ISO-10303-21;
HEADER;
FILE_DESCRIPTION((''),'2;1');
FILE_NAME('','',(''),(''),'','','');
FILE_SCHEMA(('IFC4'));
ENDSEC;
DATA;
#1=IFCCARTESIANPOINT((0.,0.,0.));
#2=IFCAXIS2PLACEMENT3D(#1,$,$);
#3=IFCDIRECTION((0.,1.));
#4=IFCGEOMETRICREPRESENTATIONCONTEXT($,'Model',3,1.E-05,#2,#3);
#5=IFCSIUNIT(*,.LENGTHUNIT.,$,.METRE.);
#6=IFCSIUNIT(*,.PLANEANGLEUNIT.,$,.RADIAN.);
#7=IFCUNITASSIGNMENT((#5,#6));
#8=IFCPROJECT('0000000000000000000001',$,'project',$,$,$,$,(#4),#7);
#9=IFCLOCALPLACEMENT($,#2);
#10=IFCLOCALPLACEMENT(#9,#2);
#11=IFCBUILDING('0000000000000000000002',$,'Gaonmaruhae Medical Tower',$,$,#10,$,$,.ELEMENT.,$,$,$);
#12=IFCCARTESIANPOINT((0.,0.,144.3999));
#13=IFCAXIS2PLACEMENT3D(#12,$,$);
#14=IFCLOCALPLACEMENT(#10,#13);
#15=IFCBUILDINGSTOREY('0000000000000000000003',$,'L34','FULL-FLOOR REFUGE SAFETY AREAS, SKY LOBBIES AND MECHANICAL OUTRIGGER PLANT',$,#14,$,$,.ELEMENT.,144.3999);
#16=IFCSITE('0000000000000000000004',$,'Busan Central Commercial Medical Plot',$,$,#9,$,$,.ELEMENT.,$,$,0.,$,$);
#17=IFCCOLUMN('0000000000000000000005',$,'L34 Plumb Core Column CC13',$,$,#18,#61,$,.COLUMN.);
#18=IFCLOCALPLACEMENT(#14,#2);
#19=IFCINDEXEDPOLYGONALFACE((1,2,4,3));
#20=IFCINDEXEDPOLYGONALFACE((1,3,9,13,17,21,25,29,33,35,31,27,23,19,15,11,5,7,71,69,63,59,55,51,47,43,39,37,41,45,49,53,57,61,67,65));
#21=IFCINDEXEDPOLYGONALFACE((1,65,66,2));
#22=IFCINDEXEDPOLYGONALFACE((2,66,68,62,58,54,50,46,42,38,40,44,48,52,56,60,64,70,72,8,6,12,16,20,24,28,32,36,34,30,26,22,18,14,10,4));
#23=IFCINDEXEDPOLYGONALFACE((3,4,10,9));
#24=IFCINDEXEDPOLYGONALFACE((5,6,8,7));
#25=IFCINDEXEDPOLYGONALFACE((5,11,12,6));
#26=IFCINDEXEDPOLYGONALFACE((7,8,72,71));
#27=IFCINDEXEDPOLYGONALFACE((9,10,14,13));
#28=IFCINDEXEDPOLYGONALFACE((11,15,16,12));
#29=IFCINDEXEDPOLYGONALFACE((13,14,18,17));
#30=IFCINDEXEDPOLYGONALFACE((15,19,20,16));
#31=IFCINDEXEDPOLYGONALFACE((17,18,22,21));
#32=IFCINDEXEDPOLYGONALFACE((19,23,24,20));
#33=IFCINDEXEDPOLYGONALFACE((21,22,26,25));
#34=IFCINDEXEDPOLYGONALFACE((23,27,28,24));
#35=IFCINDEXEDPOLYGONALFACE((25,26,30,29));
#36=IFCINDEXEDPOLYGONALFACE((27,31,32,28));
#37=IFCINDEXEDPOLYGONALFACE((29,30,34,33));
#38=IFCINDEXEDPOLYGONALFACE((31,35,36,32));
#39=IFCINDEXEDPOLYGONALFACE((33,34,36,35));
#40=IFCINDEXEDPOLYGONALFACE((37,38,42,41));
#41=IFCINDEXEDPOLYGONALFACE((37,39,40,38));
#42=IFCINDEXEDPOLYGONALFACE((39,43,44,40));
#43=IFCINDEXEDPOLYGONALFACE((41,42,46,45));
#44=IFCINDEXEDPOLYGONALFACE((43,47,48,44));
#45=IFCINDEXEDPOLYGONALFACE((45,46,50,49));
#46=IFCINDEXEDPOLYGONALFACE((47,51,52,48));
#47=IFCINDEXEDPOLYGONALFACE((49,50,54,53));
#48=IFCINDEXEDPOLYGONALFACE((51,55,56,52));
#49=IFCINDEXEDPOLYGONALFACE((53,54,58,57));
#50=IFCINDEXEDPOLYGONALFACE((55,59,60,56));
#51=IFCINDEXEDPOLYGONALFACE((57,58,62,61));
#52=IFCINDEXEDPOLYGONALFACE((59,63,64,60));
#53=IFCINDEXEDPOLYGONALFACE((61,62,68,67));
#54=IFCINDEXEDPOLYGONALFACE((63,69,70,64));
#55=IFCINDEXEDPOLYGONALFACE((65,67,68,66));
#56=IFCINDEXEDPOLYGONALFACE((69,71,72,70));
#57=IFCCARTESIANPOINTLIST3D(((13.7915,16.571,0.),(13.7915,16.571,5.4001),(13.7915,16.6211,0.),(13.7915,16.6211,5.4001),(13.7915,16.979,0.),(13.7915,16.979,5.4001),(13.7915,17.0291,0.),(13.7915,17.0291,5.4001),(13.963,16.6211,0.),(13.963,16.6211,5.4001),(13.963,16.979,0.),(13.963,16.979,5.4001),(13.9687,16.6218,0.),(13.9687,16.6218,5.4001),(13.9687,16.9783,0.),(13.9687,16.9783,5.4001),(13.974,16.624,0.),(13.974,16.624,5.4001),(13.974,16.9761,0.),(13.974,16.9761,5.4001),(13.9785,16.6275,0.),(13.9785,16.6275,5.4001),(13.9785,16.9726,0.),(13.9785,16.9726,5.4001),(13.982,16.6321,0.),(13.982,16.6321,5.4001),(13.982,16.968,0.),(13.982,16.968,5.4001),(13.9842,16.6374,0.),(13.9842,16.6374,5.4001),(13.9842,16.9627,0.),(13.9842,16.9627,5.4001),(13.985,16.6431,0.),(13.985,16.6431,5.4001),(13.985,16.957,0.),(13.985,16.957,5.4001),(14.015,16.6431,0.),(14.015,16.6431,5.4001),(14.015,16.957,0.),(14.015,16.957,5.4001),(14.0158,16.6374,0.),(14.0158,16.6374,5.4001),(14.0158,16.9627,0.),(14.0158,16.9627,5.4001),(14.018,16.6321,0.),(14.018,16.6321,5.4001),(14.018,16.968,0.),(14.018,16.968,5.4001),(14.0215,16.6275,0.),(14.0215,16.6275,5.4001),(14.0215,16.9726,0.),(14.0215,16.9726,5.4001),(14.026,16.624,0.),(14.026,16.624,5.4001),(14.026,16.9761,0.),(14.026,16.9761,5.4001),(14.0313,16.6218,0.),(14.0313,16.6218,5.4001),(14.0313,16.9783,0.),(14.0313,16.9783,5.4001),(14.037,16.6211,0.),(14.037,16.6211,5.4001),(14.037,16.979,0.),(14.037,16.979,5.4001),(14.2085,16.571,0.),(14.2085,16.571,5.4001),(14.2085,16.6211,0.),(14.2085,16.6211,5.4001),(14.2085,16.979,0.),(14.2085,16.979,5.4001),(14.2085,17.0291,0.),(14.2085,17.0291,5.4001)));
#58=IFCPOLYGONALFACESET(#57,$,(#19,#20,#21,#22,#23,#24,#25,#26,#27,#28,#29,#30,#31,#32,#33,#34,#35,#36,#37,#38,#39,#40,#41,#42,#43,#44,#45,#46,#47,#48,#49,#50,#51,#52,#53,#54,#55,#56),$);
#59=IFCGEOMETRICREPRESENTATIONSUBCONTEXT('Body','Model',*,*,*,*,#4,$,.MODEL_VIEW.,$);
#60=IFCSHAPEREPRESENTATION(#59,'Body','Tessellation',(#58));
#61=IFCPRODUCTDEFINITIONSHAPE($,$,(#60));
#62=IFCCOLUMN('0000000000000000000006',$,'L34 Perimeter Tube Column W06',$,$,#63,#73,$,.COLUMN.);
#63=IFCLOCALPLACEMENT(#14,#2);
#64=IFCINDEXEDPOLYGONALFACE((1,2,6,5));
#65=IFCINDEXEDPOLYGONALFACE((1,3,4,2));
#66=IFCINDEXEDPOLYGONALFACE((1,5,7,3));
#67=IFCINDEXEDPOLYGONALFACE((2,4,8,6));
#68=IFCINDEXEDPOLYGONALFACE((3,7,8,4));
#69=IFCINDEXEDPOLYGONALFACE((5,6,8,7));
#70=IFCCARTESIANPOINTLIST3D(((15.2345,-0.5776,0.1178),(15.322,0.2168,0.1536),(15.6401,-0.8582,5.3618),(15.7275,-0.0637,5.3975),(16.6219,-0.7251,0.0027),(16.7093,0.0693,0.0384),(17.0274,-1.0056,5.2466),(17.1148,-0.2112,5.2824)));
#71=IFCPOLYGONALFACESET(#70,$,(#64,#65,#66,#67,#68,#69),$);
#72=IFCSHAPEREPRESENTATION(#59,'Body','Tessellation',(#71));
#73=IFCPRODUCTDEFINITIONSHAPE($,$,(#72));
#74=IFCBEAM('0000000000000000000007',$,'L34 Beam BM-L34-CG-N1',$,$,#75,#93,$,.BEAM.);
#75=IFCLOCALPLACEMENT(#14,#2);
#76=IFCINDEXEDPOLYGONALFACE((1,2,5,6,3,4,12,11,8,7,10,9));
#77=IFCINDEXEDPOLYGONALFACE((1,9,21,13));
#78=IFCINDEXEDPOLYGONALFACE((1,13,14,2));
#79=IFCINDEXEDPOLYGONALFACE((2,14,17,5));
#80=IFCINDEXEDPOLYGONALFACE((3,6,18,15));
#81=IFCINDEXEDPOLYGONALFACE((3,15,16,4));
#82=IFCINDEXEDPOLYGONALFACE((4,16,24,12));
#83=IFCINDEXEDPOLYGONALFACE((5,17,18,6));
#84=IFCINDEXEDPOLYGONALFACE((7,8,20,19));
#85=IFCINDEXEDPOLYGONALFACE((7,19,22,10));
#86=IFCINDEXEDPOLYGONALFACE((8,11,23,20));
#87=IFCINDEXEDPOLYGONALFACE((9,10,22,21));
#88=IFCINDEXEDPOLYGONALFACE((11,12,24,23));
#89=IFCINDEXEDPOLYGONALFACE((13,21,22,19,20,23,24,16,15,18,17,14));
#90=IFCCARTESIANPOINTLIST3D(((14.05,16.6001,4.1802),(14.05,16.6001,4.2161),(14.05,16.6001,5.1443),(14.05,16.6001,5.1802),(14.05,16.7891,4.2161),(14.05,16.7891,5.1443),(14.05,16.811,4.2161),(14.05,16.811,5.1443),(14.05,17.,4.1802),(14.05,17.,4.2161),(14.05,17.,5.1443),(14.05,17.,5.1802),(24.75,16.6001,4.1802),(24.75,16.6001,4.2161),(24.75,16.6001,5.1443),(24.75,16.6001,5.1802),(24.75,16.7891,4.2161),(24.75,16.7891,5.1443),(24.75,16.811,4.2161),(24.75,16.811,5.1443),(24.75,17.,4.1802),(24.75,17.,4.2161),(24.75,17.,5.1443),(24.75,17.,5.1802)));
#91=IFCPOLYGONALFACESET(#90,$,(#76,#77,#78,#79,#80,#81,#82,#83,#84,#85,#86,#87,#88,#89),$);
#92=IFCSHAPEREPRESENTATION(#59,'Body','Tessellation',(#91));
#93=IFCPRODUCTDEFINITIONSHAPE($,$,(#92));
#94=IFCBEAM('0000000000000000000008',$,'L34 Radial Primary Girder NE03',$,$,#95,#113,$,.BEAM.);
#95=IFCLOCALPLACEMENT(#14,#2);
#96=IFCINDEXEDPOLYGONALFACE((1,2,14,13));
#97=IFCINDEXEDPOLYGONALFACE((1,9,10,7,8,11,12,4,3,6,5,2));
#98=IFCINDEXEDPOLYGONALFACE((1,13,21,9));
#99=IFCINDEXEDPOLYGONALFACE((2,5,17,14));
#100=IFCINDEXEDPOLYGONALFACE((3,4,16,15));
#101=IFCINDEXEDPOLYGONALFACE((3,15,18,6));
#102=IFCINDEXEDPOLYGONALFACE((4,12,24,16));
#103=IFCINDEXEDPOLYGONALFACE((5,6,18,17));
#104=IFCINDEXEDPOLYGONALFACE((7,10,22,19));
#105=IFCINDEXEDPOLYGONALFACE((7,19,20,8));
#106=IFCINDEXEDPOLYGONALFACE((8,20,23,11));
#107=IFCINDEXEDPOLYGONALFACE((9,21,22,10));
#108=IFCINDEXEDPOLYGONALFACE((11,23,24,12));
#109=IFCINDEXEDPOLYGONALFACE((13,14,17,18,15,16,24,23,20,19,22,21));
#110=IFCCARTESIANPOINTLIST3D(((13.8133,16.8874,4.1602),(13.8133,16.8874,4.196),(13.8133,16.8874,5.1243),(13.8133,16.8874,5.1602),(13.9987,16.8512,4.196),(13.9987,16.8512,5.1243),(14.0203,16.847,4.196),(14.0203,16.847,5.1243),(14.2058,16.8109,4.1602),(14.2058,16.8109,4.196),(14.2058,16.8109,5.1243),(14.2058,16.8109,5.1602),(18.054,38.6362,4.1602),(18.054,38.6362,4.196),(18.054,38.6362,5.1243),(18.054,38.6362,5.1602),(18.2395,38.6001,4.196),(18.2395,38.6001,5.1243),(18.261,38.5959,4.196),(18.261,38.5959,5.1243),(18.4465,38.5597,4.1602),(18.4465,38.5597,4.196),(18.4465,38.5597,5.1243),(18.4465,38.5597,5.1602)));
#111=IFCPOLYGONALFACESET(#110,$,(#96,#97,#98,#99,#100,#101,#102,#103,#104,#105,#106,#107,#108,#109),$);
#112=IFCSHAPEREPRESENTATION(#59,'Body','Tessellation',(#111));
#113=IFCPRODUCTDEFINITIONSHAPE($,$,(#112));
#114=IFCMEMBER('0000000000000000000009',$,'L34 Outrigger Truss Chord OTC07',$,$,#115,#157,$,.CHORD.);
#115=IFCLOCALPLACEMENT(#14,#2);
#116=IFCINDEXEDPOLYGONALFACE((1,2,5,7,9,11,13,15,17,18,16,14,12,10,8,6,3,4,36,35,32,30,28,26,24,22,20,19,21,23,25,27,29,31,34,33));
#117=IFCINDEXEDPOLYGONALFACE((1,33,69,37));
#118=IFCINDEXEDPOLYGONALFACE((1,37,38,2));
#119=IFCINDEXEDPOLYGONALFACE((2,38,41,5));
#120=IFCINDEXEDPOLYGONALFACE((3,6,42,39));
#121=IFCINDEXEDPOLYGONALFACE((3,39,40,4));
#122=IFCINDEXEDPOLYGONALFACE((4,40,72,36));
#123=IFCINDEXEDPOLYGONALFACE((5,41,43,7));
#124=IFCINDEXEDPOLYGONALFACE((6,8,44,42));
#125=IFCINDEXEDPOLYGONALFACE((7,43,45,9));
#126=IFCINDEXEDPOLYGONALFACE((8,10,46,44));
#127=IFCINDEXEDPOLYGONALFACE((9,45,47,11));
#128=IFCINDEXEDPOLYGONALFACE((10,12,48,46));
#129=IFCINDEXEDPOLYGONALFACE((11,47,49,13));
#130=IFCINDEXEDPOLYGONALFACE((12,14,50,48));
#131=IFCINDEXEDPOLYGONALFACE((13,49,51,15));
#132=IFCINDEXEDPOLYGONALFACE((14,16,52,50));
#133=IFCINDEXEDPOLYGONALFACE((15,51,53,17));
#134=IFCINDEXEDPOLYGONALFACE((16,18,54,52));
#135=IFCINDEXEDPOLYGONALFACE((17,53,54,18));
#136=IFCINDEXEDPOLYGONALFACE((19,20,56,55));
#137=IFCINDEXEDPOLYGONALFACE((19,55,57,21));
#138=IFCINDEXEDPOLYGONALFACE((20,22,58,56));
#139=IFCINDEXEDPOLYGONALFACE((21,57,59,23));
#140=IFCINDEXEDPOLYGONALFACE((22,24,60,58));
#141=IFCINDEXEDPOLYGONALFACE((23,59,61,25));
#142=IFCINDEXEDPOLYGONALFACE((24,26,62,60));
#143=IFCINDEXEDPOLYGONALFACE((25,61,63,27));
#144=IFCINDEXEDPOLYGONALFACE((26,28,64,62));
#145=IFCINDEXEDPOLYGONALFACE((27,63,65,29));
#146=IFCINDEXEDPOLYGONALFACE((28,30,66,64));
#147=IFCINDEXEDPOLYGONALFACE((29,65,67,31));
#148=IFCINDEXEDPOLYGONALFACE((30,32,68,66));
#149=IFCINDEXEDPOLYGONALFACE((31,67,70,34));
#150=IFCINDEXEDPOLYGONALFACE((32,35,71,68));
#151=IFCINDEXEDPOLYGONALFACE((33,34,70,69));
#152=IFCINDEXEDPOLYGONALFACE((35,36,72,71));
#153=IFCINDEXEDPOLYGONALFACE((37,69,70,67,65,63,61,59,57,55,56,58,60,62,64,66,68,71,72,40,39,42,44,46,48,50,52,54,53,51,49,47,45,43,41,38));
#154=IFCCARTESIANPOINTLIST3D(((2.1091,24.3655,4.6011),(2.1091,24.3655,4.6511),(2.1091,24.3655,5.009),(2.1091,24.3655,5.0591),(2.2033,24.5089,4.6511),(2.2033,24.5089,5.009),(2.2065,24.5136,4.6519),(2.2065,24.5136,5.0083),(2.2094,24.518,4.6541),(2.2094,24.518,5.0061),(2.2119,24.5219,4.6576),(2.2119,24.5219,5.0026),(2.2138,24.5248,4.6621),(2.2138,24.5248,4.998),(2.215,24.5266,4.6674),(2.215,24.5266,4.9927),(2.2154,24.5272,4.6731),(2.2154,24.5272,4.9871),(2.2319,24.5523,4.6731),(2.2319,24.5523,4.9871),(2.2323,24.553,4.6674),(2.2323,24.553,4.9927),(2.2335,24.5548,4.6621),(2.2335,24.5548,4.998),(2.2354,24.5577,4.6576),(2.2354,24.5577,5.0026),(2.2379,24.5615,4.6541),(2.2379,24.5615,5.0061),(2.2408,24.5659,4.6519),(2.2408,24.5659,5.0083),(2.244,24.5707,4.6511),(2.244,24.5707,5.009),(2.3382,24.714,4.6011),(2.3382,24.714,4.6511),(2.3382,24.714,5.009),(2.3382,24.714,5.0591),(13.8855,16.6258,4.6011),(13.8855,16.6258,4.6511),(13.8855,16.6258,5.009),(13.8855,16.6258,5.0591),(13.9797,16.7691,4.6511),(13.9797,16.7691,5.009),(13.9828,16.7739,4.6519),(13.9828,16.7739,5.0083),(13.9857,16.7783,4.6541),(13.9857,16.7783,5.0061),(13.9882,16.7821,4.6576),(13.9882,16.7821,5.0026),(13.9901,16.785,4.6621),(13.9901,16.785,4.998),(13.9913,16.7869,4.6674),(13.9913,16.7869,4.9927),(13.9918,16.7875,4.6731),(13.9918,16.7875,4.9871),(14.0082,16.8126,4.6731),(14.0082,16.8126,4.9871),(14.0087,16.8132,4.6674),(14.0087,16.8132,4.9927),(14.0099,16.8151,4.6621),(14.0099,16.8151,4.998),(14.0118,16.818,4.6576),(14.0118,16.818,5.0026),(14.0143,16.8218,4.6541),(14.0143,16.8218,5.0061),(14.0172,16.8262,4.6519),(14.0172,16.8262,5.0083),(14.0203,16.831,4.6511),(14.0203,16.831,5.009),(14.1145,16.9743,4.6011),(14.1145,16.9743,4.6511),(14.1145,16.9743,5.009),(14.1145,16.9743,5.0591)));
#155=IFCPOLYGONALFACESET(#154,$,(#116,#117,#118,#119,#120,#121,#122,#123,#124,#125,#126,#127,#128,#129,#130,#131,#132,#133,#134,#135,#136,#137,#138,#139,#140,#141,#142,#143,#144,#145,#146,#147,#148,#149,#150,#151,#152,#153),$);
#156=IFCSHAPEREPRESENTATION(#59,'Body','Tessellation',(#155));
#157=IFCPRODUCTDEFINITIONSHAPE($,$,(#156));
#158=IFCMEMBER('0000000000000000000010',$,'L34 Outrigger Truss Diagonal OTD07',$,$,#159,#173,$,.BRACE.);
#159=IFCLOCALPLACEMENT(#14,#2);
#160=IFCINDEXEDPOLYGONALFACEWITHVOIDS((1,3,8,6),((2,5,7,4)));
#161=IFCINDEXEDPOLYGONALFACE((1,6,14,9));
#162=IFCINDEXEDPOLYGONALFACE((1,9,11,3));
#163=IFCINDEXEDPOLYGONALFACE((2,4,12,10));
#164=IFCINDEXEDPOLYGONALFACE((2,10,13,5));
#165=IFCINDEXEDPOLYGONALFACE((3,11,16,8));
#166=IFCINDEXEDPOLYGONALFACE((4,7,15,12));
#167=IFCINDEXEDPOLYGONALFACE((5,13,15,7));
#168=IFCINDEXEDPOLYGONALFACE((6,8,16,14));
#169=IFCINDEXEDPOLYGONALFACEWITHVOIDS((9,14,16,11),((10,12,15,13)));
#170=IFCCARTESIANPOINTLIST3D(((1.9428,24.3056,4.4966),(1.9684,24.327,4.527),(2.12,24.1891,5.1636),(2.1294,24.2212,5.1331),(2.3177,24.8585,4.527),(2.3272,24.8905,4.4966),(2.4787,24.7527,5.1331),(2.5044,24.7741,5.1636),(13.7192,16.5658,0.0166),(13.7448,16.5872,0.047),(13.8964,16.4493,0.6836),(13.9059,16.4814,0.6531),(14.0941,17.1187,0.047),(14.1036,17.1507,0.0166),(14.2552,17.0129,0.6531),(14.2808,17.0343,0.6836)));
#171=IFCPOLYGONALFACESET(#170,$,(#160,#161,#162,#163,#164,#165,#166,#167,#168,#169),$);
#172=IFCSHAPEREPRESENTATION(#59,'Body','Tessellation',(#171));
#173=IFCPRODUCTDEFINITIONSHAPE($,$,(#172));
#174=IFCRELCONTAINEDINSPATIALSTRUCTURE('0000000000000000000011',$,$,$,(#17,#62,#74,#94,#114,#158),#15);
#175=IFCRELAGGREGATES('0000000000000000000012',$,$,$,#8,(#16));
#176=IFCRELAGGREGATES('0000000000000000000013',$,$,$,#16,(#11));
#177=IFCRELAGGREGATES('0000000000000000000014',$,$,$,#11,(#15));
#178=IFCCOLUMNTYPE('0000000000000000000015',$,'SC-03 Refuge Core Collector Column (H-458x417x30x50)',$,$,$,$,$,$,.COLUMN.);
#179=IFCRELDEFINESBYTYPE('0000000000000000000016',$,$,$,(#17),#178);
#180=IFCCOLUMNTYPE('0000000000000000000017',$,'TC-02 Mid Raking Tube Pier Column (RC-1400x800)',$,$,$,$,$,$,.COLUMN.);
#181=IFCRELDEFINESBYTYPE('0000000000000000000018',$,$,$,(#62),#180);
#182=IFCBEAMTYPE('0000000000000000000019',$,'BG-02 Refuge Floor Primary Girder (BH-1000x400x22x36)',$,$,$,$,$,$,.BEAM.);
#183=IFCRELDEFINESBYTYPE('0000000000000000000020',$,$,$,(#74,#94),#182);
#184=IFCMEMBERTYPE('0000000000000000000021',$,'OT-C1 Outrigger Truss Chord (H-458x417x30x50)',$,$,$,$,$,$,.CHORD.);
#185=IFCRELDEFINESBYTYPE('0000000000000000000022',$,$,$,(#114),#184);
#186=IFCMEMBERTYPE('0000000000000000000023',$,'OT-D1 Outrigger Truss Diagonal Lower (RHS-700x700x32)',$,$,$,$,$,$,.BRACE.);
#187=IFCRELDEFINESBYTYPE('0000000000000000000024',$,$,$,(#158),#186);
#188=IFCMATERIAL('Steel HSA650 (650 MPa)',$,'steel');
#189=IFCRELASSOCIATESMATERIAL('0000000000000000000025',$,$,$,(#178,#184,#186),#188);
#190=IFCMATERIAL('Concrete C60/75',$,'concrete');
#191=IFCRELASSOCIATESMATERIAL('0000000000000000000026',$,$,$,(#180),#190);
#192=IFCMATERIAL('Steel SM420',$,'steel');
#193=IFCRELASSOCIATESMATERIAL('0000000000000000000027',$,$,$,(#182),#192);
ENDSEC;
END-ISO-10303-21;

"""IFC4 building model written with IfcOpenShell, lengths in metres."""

from ifc_helpers import new_model, si_unit, direction, frame, origin, origin_2d, place, context, subcontext, project, spatial, rectangle, hollow_rectangle, i_section, extrude, material, material_profile, profile_set, type_object, element, save


model = new_model("IFC4")

# Units and contexts
model_context = context("Model", 3, precision=1e-05, world=origin(), true_north=direction((0.0, 1.0)))
body_context = subcontext(model_context, "Body", "Model", "MODEL_VIEW")
ifc_project = project(units=[si_unit("LENGTHUNIT", "METRE"), si_unit("PLANEANGLEUNIT", "RADIAN")], contexts=[model_context])

# Site, building, storey
site_placement = place(None, origin())
site = spatial("IfcSite", under=ifc_project, at=site_placement, Name="Busan Central Commercial Medical Plot", CompositionType="ELEMENT", RefElevation=0.0)
building_placement = place(site_placement, origin())
building = spatial("IfcBuilding", under=site, at=building_placement, Name="Gaonmaruhae Medical Tower", CompositionType="ELEMENT")
storey_placement = place(building_placement, frame((0.0, 0.0, 144.3999)))
storey = spatial("IfcBuildingStorey", under=building, at=storey_placement, Name="L34", Description="FULL-FLOOR REFUGE SAFETY AREAS, SKY LOBBIES AND MECHANICAL OUTRIGGER PLANT", CompositionType="ELEMENT", Elevation=144.3999)

# Columns
ifc_material_1 = material(Name="Steel HSA650 (650 MPa)", Category="steel")
ifc_material_profile_1 = material_profile(ifc_material_1, i_section(OverallWidth=0.417, OverallDepth=0.458, WebThickness=0.03, FlangeThickness=0.05, FilletRadius=0.022, at=origin_2d()), Name="H-458x417x30x50")
ifc_profile_set_1 = profile_set([ifc_material_profile_1], Name="Steel HSA650 (650 MPa)")
column_type_1 = type_object("IfcColumnType", Name="SC-03 Refuge Core Collector Column (H-458x417x30x50)", PredefinedType="COLUMN", material=ifc_profile_set_1)
column_1_placement = place(storey_placement, frame((14.0, 16.8, 0.0), z_axis=(0.0, 0.0, 1.0), x_axis=(1.0, 0.0, 0.0)))
element("IfcColumn", 1, at=column_1_placement, inside=storey, type_object=column_type_1, Name="L34 Plumb Core Column CC13", PredefinedType="COLUMN", context=body_context, shape_type="SweptSolid", body=[
    extrude(i_section(OverallWidth=0.417, OverallDepth=0.458, WebThickness=0.03, FlangeThickness=0.05, FilletRadius=0.022, at=origin_2d()), origin(), (0.0, 0.0, 1.0), 5.4001),
])
ifc_material_2 = material(Name="Concrete C60/75", Category="concrete")
ifc_material_profile_2 = material_profile(ifc_material_2, rectangle(XDim=1.3999, YDim=0.8, at=origin_2d()), Name="RC-1400x800")
ifc_profile_set_2 = profile_set([ifc_material_profile_2], Name="Concrete C60/75")
column_type_2 = type_object("IfcColumnType", Name="TC-02 Mid Raking Tube Pier Column (RC-1400x800)", PredefinedType="COLUMN", material=ifc_profile_set_2)
column_2_placement = place(storey_placement, frame((15.9719, -0.2542, 0.0781), z_axis=(0.076992, -0.053259, 0.995608), x_axis=(-0.991026, 0.105346, 0.082273)))
element("IfcColumn", 2, at=column_2_placement, inside=storey, type_object=column_type_2, Name="L34 Perimeter Tube Column W06", PredefinedType="COLUMN", context=body_context, shape_type="SweptSolid", body=[
    extrude(rectangle(XDim=1.3999, YDim=0.8, at=origin_2d()), origin(), (0.0, 0.0, 1.0), 5.2671),
])

# Beams
ifc_material_3 = material(Name="Steel SM420", Category="steel")
ifc_material_profile_3 = material_profile(ifc_material_3, i_section(OverallWidth=0.3999, OverallDepth=1.0, WebThickness=0.022, FlangeThickness=0.0359, at=origin_2d()), Name="BH-1000x400x22x36")
ifc_profile_set_3 = profile_set([ifc_material_profile_3], Name="Steel SM420")
beam_type_1 = type_object("IfcBeamType", Name="BG-02 Refuge Floor Primary Girder (BH-1000x400x22x36)", PredefinedType="BEAM", material=ifc_profile_set_3)
beam_1_placement = place(storey_placement, frame((14.05, 16.8, 4.6802), z_axis=(1.0, 0.0, 0.0), x_axis=(0.0, 1.0, 0.0)))
element("IfcBeam", 3, at=beam_1_placement, inside=storey, type_object=beam_type_1, Name="L34 Beam BM-L34-CG-N1", PredefinedType="BEAM", context=body_context, shape_type="SweptSolid", body=[
    extrude(i_section(OverallWidth=0.3999, OverallDepth=1.0, WebThickness=0.022, FlangeThickness=0.0359, at=origin_2d()), origin(), (0.0, 0.0, 1.0), 10.7),
])
beam_2_placement = place(storey_placement, frame((14.0095, 16.8491, 4.6602), z_axis=(0.191382, 0.981516, 0.0), x_axis=(-0.981516, 0.191382, 0.0)))
element("IfcBeam", 4, at=beam_2_placement, inside=storey, type_object=beam_type_1, Name="L34 Radial Primary Girder NE03", PredefinedType="BEAM", context=body_context, shape_type="SweptSolid", body=[
    extrude(i_section(OverallWidth=0.3999, OverallDepth=1.0, WebThickness=0.022, FlangeThickness=0.0359, at=origin_2d()), origin(), (0.0, 0.0, 1.0), 22.1584),
])

# Members
ifc_material_profile_4 = material_profile(ifc_material_1, i_section(OverallWidth=0.417, OverallDepth=0.458, WebThickness=0.03, FlangeThickness=0.05, FilletRadius=0.022, at=origin_2d()), Name="H-458x417x30x50")
ifc_profile_set_4 = profile_set([ifc_material_profile_4], Name="Steel HSA650 (650 MPa)")
member_type_1 = type_object("IfcMemberType", Name="OT-C1 Outrigger Truss Chord (H-458x417x30x50)", PredefinedType="CHORD", material=ifc_profile_set_4)
member_1_placement = place(storey_placement, frame((14.0, 16.8, 4.8301), z_axis=(-0.835673, 0.549227, 0.0), x_axis=(-0.549227, -0.835673, 0.0)))
element("IfcMember", 5, at=member_1_placement, inside=storey, type_object=member_type_1, Name="L34 Outrigger Truss Chord OTC07", PredefinedType="CHORD", context=body_context, shape_type="SweptSolid", body=[
    extrude(i_section(OverallWidth=0.417, OverallDepth=0.458, WebThickness=0.03, FlangeThickness=0.05, FilletRadius=0.022, at=origin_2d()), origin(), (0.0, 0.0, 1.0), 14.092),
])
ifc_material_profile_5 = material_profile(ifc_material_1, hollow_rectangle(XDim=0.7, YDim=0.7, WallThickness=0.032, at=origin_2d()), Name="RHS-700x700x32")
ifc_profile_set_5 = profile_set([ifc_material_profile_5], Name="Steel HSA650 (650 MPa)")
member_type_2 = type_object("IfcMemberType", Name="OT-D1 Outrigger Truss Diagonal Lower (RHS-700x700x32)", PredefinedType="BRACE", material=ifc_profile_set_5)
member_2_placement = place(storey_placement, frame((14.0, 16.8, 0.3501), z_axis=(-0.796398, 0.523414, 0.302967), x_axis=(-0.549227, -0.835673, 0.0)))
element("IfcMember", 6, at=member_2_placement, inside=storey, type_object=member_type_2, Name="L34 Outrigger Truss Diagonal OTD07", PredefinedType="BRACE", context=body_context, shape_type="SweptSolid", body=[
    extrude(hollow_rectangle(XDim=0.7, YDim=0.7, WallThickness=0.032, at=origin_2d()), origin(), (0.0, 0.0, 1.0), 14.7871),
])

save(model, "model.ifc")
